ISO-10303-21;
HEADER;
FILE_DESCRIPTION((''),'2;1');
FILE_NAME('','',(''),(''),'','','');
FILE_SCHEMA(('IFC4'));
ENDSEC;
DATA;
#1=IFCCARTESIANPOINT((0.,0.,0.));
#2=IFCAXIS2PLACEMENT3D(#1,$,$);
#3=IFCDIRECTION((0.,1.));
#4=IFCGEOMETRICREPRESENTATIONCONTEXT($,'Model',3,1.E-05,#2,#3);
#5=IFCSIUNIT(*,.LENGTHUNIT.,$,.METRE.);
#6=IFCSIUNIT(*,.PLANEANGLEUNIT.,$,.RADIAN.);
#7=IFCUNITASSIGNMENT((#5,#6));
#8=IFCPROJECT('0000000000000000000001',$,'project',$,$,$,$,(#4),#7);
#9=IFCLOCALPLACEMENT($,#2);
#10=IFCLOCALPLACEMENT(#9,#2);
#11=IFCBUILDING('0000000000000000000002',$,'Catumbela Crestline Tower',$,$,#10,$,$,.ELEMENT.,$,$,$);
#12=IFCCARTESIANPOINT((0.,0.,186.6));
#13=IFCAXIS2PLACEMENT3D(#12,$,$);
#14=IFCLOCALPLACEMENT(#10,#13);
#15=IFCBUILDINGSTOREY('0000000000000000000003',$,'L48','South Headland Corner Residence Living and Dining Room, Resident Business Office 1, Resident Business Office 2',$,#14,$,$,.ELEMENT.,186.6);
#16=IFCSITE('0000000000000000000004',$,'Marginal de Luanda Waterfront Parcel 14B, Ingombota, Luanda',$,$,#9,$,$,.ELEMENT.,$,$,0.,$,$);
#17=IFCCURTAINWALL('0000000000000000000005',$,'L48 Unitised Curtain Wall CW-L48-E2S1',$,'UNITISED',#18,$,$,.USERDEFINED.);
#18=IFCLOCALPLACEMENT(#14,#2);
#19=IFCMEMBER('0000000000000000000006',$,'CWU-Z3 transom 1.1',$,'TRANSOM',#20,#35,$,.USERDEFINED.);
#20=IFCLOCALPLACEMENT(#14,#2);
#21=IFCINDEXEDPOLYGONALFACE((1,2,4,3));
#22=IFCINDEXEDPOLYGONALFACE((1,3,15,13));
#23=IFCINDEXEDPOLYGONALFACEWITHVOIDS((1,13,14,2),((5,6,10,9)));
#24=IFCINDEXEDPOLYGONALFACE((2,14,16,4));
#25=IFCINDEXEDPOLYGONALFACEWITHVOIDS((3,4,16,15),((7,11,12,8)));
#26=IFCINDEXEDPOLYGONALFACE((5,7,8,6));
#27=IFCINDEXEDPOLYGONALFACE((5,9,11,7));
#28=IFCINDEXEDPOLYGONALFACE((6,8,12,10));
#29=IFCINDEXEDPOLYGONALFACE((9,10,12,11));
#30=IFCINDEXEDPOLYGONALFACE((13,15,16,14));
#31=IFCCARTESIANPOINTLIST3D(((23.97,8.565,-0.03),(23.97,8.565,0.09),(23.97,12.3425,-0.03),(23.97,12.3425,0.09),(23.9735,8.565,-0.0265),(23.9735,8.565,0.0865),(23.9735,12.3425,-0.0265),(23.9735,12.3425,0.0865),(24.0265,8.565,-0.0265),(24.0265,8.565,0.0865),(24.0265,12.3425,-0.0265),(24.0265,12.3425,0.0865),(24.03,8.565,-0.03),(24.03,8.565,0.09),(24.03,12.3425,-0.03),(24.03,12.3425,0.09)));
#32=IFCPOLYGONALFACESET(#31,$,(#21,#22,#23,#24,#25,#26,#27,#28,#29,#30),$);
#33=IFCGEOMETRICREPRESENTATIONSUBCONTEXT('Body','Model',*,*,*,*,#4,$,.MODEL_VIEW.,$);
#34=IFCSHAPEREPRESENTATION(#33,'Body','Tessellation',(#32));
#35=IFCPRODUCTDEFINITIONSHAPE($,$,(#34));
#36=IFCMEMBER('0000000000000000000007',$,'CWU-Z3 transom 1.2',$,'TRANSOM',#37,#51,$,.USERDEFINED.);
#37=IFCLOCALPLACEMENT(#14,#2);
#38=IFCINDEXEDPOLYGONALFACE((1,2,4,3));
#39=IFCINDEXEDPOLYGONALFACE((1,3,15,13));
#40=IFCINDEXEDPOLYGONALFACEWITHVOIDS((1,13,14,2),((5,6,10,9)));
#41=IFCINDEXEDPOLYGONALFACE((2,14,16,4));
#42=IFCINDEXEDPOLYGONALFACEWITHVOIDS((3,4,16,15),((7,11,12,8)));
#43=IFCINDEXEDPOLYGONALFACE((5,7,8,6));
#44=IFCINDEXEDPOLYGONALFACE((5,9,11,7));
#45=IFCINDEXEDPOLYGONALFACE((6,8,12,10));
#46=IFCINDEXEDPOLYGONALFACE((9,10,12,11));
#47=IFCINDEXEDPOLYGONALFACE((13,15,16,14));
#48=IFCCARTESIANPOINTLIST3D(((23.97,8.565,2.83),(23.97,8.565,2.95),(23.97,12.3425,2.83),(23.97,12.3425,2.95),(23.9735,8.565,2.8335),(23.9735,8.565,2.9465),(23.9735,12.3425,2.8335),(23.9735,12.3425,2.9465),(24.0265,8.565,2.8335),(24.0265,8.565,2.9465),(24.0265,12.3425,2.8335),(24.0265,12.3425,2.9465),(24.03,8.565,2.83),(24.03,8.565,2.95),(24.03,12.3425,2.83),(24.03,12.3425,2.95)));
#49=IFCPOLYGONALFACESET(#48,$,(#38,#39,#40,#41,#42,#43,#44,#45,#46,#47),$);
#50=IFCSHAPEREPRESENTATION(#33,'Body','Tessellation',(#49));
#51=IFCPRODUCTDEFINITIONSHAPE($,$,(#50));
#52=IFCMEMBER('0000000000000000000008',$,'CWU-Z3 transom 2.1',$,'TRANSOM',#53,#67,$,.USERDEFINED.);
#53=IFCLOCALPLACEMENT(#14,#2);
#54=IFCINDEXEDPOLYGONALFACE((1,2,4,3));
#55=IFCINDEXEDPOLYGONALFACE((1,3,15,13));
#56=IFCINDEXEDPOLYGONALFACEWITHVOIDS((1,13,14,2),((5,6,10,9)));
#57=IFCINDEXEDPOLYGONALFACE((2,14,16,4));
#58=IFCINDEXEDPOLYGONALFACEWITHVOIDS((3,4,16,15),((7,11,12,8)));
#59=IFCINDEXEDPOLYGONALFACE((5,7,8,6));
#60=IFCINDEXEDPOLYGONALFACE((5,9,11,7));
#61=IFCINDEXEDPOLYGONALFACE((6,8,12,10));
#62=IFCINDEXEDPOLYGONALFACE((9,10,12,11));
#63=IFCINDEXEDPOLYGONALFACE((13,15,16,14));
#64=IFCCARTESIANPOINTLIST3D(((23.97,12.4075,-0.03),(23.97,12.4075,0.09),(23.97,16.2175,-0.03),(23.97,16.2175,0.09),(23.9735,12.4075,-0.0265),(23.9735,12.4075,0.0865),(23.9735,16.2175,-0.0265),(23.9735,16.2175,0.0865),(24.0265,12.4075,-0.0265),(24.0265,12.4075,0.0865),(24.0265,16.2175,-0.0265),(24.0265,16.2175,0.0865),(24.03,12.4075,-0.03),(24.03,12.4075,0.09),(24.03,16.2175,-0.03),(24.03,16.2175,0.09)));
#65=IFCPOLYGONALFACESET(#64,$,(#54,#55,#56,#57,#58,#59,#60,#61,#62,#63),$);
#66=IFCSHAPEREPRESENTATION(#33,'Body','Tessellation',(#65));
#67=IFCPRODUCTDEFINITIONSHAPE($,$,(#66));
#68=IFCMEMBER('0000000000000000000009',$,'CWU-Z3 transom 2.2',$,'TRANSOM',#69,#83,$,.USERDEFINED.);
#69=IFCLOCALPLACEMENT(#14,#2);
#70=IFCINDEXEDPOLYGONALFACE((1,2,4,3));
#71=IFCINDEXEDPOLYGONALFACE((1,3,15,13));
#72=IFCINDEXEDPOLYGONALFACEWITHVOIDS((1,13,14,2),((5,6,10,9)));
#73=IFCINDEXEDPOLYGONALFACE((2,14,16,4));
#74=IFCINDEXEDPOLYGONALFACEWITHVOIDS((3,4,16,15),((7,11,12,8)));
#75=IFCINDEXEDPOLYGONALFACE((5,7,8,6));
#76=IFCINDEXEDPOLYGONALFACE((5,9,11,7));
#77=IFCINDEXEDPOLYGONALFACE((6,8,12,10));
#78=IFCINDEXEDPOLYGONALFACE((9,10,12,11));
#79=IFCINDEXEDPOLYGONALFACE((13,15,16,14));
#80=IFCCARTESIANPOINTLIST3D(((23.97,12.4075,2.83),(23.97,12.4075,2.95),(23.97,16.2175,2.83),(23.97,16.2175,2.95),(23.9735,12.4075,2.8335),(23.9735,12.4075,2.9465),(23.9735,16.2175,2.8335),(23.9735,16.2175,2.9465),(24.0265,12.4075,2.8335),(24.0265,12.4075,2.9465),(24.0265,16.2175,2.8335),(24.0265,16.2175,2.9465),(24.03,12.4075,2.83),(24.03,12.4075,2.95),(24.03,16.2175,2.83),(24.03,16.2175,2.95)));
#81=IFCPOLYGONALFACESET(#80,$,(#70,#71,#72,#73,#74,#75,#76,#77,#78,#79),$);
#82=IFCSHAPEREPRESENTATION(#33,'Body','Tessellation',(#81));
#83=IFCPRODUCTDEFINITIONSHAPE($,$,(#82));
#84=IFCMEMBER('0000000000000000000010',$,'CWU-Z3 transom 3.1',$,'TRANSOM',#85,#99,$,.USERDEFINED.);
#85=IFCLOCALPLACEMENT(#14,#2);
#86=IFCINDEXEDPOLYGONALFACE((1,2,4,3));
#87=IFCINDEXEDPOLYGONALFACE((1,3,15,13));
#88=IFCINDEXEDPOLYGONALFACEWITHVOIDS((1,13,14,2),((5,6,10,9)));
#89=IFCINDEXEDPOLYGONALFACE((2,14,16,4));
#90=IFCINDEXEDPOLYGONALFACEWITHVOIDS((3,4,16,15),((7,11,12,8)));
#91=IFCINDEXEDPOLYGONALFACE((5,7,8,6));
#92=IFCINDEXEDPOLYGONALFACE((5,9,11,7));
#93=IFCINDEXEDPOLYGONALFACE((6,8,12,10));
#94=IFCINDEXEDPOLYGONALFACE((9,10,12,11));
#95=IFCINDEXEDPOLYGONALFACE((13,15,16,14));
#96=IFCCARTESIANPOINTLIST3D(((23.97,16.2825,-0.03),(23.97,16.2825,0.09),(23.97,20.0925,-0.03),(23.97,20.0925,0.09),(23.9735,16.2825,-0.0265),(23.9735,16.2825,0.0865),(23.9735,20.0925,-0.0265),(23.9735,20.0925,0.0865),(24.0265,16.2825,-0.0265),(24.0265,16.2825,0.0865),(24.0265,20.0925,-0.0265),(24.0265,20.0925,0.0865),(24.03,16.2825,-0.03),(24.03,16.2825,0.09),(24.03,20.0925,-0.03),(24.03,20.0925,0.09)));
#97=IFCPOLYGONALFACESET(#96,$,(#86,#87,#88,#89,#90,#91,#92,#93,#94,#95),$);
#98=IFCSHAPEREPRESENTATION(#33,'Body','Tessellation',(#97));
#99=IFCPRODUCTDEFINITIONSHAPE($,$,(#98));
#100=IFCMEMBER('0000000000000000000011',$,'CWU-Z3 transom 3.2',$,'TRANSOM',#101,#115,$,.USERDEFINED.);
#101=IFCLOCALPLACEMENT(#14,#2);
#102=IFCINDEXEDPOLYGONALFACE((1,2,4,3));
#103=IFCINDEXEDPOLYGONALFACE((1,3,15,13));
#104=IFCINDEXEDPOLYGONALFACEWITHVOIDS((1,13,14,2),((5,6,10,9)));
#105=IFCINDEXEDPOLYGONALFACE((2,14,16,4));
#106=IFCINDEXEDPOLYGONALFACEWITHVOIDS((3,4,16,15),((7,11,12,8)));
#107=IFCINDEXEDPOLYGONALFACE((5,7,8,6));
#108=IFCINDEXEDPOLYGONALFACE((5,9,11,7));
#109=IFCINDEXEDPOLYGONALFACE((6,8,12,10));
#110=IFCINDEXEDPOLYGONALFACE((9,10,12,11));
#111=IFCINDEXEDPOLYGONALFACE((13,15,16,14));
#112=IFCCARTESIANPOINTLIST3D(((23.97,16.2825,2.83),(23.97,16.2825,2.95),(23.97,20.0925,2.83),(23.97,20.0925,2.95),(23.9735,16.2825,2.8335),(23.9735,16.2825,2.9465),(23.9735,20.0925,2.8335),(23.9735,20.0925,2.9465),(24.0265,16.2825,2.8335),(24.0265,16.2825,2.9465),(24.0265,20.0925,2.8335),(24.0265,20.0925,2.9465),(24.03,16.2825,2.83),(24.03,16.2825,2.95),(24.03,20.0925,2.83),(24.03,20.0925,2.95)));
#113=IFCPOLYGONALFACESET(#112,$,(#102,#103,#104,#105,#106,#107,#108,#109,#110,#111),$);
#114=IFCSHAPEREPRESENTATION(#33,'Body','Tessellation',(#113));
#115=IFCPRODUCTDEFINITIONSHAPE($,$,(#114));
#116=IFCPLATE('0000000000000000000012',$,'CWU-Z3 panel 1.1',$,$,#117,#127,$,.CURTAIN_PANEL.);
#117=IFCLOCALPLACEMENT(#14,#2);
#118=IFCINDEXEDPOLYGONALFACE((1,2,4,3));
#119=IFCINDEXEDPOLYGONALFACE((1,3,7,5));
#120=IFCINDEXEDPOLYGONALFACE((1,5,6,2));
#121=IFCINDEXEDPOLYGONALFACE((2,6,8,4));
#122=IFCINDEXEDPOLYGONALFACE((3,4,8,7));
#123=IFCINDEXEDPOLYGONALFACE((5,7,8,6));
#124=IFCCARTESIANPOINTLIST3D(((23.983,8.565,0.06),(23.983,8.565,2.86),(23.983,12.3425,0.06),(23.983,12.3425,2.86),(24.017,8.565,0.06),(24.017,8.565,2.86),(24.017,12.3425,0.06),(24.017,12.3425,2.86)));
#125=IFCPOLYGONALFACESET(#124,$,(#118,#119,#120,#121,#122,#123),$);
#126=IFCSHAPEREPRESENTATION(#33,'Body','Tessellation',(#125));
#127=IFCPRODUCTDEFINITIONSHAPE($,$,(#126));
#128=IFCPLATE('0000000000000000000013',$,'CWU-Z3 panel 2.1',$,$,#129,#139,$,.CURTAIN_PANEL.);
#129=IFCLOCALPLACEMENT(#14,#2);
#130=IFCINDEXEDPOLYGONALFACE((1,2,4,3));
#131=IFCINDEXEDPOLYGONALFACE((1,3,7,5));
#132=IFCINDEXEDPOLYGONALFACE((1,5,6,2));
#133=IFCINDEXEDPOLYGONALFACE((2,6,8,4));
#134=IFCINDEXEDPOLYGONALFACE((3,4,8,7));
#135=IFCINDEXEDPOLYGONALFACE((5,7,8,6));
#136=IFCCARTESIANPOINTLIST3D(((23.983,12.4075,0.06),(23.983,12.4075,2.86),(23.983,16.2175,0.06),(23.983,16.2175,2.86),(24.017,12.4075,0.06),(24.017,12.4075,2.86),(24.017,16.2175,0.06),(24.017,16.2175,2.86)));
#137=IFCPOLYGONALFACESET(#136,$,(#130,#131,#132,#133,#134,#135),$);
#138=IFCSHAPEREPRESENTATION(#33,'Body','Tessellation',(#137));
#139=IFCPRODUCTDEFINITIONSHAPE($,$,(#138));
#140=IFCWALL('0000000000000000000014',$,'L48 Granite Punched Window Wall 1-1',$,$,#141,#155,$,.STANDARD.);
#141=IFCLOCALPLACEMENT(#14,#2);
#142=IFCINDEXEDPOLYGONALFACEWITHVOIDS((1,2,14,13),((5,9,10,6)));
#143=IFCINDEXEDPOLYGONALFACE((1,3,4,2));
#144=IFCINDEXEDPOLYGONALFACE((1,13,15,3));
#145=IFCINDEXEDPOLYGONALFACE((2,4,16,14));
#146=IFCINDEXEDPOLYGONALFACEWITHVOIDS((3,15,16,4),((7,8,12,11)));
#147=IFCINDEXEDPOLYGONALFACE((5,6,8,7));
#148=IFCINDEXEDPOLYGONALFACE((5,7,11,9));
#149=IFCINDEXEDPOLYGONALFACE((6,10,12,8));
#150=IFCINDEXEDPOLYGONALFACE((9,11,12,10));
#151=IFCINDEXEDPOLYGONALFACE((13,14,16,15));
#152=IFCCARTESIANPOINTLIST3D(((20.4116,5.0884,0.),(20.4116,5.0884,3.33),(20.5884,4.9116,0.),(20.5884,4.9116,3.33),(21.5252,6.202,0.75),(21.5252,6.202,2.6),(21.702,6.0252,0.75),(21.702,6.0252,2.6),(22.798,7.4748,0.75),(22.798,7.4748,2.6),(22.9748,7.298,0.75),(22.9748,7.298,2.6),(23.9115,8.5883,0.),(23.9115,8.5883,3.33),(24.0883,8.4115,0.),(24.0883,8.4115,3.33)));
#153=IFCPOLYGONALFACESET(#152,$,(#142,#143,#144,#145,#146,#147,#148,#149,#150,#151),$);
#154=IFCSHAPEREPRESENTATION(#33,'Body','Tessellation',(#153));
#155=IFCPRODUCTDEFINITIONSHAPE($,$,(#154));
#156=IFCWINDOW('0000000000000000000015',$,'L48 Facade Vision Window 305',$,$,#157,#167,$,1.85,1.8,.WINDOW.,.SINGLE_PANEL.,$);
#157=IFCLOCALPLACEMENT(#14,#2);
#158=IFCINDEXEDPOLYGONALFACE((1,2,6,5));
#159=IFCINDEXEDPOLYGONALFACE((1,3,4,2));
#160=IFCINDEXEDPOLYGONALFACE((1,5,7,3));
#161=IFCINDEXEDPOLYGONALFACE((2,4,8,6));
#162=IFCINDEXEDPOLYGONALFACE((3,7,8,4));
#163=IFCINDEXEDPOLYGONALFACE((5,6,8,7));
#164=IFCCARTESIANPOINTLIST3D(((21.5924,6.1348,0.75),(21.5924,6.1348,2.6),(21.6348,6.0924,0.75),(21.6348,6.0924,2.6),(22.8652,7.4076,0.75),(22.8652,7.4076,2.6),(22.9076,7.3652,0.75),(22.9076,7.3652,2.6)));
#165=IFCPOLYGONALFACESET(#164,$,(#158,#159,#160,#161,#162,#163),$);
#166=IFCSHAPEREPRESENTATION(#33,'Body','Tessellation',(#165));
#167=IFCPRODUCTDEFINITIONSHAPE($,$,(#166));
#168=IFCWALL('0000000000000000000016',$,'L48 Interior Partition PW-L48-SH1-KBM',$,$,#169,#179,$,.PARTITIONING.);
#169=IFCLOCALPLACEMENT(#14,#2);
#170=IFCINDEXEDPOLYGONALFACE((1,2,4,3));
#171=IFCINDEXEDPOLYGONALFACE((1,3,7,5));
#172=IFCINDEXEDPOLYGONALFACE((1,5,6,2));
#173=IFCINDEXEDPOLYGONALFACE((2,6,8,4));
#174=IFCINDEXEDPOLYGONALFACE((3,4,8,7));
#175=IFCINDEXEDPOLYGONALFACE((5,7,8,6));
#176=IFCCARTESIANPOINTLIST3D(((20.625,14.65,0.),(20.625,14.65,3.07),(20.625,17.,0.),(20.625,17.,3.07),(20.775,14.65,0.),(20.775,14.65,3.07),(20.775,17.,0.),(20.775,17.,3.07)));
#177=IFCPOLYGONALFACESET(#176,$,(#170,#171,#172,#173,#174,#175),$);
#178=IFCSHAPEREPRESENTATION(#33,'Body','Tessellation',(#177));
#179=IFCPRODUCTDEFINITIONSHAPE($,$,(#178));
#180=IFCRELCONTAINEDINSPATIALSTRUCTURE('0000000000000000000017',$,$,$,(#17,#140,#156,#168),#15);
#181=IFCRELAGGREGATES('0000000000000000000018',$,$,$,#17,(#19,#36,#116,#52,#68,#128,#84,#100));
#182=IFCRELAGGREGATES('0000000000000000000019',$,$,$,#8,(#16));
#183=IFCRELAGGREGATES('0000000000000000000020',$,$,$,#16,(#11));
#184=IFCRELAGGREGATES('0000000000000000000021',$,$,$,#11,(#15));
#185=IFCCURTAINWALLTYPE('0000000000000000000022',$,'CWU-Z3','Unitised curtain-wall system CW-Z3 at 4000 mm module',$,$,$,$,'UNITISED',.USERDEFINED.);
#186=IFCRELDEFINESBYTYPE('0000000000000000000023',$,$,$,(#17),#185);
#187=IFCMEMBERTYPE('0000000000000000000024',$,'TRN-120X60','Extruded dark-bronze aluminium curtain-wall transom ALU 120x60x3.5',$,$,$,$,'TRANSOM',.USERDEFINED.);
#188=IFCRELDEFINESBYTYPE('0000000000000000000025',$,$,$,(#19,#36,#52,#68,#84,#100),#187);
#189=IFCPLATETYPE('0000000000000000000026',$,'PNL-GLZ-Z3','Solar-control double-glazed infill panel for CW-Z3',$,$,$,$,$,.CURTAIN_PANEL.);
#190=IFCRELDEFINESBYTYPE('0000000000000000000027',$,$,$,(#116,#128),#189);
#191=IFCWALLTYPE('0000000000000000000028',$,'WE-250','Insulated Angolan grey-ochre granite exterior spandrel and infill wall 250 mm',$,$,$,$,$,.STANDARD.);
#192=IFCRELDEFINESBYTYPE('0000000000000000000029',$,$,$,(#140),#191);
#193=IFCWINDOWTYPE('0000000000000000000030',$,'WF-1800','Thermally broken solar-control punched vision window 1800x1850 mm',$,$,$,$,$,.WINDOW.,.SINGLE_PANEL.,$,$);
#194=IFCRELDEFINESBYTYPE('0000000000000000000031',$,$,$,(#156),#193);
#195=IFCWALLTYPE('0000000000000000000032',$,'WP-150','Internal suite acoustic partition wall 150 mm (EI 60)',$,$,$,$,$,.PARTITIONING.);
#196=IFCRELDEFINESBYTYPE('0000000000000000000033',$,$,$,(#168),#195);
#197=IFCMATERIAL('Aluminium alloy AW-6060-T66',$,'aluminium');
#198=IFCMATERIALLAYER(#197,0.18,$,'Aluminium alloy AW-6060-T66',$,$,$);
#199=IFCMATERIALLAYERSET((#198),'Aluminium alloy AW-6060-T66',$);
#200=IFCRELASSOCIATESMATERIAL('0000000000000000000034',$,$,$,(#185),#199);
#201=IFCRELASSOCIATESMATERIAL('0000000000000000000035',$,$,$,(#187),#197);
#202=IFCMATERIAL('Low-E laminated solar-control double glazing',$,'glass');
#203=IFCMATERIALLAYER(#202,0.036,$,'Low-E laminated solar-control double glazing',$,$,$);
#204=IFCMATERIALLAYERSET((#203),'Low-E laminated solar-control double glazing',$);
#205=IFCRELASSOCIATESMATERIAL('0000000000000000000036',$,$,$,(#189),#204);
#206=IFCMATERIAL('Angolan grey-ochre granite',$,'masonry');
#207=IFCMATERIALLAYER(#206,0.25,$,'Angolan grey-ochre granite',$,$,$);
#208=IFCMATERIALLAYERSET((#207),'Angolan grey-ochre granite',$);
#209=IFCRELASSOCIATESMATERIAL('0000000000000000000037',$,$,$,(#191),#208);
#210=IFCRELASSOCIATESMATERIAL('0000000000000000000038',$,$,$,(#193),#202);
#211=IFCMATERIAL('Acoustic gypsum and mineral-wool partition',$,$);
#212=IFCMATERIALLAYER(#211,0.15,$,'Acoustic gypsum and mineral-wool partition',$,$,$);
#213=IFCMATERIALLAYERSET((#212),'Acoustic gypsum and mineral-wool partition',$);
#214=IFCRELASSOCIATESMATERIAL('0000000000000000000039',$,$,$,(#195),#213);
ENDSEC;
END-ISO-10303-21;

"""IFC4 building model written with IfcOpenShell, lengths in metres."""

from ifc_helpers import new_model, si_unit, direction, frame, frame_2d, origin, origin_2d, place, context, subcontext, project, spatial, rectangle, hollow_rectangle, extrude, material, layer, layer_set, material_profile, profile_set, type_object, element, fill, aggregate, save


model = new_model("IFC4")

# Units and contexts
model_context = context("Model", 3, precision=1e-05, world=origin(), true_north=direction((0.0, 1.0)))
body_context = subcontext(model_context, "Body", "Model", "MODEL_VIEW")
ifc_project = project(units=[si_unit("LENGTHUNIT", "METRE"), si_unit("PLANEANGLEUNIT", "RADIAN")], contexts=[model_context])

# Site, building, storey
site_placement = place(None, origin())
site = spatial("IfcSite", under=ifc_project, at=site_placement, Name="Marginal de Luanda Waterfront Parcel 14B, Ingombota, Luanda", CompositionType="ELEMENT", RefElevation=0.0)
building_placement = place(site_placement, origin())
building = spatial("IfcBuilding", under=site, at=building_placement, Name="Catumbela Crestline Tower", CompositionType="ELEMENT")
storey_placement = place(building_placement, frame((0.0, 0.0, 186.6)))
storey = spatial("IfcBuildingStorey", under=building, at=storey_placement, Name="L48", Description="South Headland Corner Residence Living and Dining Room, Resident Business Office 1, Resident Business Office 2", CompositionType="ELEMENT", Elevation=186.6)

# Shared definitions
ifc_material_1 = material(Name="Aluminium alloy AW-6060-T66", Category="aluminium")
ifc_layer_1 = layer(ifc_material_1, 0.18, Name="Aluminium alloy AW-6060-T66")
ifc_layer_set_1 = layer_set([ifc_layer_1], Name="Aluminium alloy AW-6060-T66")
curtain_wall_type = type_object("IfcCurtainWallType", Name="CWU-Z3", Description="Unitised curtain-wall system CW-Z3 at 4000 mm module", ElementType="UNITISED", PredefinedType="USERDEFINED", material=ifc_layer_set_1)

# Curtain wall
curtain_wall_1_placement = place(storey_placement, origin())
curtain_wall_1 = element("IfcCurtainWall", 1, at=curtain_wall_1_placement, inside=storey, type_object=curtain_wall_type, Name="L48 Unitised Curtain Wall CW-L48-E2S1", ObjectType="UNITISED", PredefinedType="USERDEFINED")

# Members
ifc_material_profile_1 = material_profile(ifc_material_1, hollow_rectangle(XDim=0.06, YDim=0.12, WallThickness=0.0035, at=origin_2d()), Name="ALU 120x60x3.5")
ifc_profile_set_1 = profile_set([ifc_material_profile_1], Name="Aluminium alloy AW-6060-T66")
member_type_1 = type_object("IfcMemberType", Name="TRN-120X60", Description="Extruded dark-bronze aluminium curtain-wall transom ALU 120x60x3.5", ElementType="TRANSOM", PredefinedType="USERDEFINED", material=ifc_profile_set_1)
member_1_placement = place(storey_placement, frame((24.0, 8.565, 0.03), z_axis=(0.0, 1.0, 0.0), x_axis=(-1.0, 0.0, 0.0)))
member_1 = element("IfcMember", 2, at=member_1_placement, type_object=member_type_1, Name="CWU-Z3 transom 1.1", ObjectType="TRANSOM", PredefinedType="USERDEFINED", context=body_context, shape_type="SweptSolid", body=[
    extrude(hollow_rectangle(XDim=0.06, YDim=0.12, WallThickness=0.0035, at=origin_2d()), origin(), (0.0, 0.0, 1.0), 3.7775),
])
member_2_placement = place(storey_placement, frame((24.0, 8.565, 2.89), z_axis=(0.0, 1.0, 0.0), x_axis=(-1.0, 0.0, 0.0)))
member_2 = element("IfcMember", 3, at=member_2_placement, type_object=member_type_1, Name="CWU-Z3 transom 1.2", ObjectType="TRANSOM", PredefinedType="USERDEFINED", context=body_context, shape_type="SweptSolid", body=[
    extrude(hollow_rectangle(XDim=0.06, YDim=0.12, WallThickness=0.0035, at=origin_2d()), origin(), (0.0, 0.0, 1.0), 3.7775),
])
member_3_placement = place(storey_placement, frame((24.0, 12.4075, 0.03), z_axis=(0.0, 1.0, 0.0), x_axis=(-1.0, 0.0, 0.0)))
member_3 = element("IfcMember", 4, at=member_3_placement, type_object=member_type_1, Name="CWU-Z3 transom 2.1", ObjectType="TRANSOM", PredefinedType="USERDEFINED", context=body_context, shape_type="SweptSolid", body=[
    extrude(hollow_rectangle(XDim=0.06, YDim=0.12, WallThickness=0.0035, at=origin_2d()), origin(), (0.0, 0.0, 1.0), 3.81),
])
member_4_placement = place(storey_placement, frame((24.0, 12.4075, 2.89), z_axis=(0.0, 1.0, 0.0), x_axis=(-1.0, 0.0, 0.0)))
member_4 = element("IfcMember", 5, at=member_4_placement, type_object=member_type_1, Name="CWU-Z3 transom 2.2", ObjectType="TRANSOM", PredefinedType="USERDEFINED", context=body_context, shape_type="SweptSolid", body=[
    extrude(hollow_rectangle(XDim=0.06, YDim=0.12, WallThickness=0.0035, at=origin_2d()), origin(), (0.0, 0.0, 1.0), 3.81),
])
member_5_placement = place(storey_placement, frame((24.0, 16.2825, 0.03), z_axis=(0.0, 1.0, 0.0), x_axis=(-1.0, 0.0, 0.0)))
member_5 = element("IfcMember", 6, at=member_5_placement, type_object=member_type_1, Name="CWU-Z3 transom 3.1", ObjectType="TRANSOM", PredefinedType="USERDEFINED", context=body_context, shape_type="SweptSolid", body=[
    extrude(hollow_rectangle(XDim=0.06, YDim=0.12, WallThickness=0.0035, at=origin_2d()), origin(), (0.0, 0.0, 1.0), 3.81),
])
member_6_placement = place(storey_placement, frame((24.0, 16.2825, 2.89), z_axis=(0.0, 1.0, 0.0), x_axis=(-1.0, 0.0, 0.0)))
member_6 = element("IfcMember", 7, at=member_6_placement, type_object=member_type_1, Name="CWU-Z3 transom 3.2", ObjectType="TRANSOM", PredefinedType="USERDEFINED", context=body_context, shape_type="SweptSolid", body=[
    extrude(hollow_rectangle(XDim=0.06, YDim=0.12, WallThickness=0.0035, at=origin_2d()), origin(), (0.0, 0.0, 1.0), 3.81),
])

# Plates
ifc_material_2 = material(Name="Low-E laminated solar-control double glazing", Category="glass")
ifc_layer_2 = layer(ifc_material_2, 0.036, Name="Low-E laminated solar-control double glazing")
ifc_layer_set_2 = layer_set([ifc_layer_2], Name="Low-E laminated solar-control double glazing")
plate_type = type_object("IfcPlateType", Name="PNL-GLZ-Z3", Description="Solar-control double-glazed infill panel for CW-Z3", PredefinedType="CURTAIN_PANEL", material=ifc_layer_set_2)
plate_1_placement = place(storey_placement, frame((24.0, 10.4538, 0.06), z_axis=(0.0, 0.0, 1.0), x_axis=(0.0, 1.0, 0.0)))
plate_1 = element("IfcPlate", 8, at=plate_1_placement, type_object=plate_type, Name="CWU-Z3 panel 1.1", PredefinedType="CURTAIN_PANEL", context=body_context, shape_type="SweptSolid", body=[
    extrude(rectangle(XDim=3.7775, YDim=0.034, at=origin_2d()), origin(), (0.0, 0.0, 1.0), 2.8),
])
plate_2_placement = place(storey_placement, frame((24.0, 14.3125, 0.06), z_axis=(0.0, 0.0, 1.0), x_axis=(0.0, 1.0, 0.0)))
plate_2 = element("IfcPlate", 9, at=plate_2_placement, type_object=plate_type, Name="CWU-Z3 panel 2.1", PredefinedType="CURTAIN_PANEL", context=body_context, shape_type="SweptSolid", body=[
    extrude(rectangle(XDim=3.81, YDim=0.034, at=origin_2d()), origin(), (0.0, 0.0, 1.0), 2.8),
])
aggregate(curtain_wall_1, [member_1, member_2, plate_1, member_3, member_4, plate_2, member_5, member_6])

# Wall, opening, window
ifc_material_3 = material(Name="Angolan grey-ochre granite", Category="masonry")
ifc_layer_3 = layer(ifc_material_3, 0.25, Name="Angolan grey-ochre granite")
ifc_layer_set_3 = layer_set([ifc_layer_3], Name="Angolan grey-ochre granite")
wall_type_1 = type_object("IfcWallType", Name="WE-250", Description="Insulated Angolan grey-ochre granite exterior spandrel and infill wall 250 mm", PredefinedType="STANDARD", material=ifc_layer_set_3)
wall_1_placement = place(storey_placement, frame((20.5, 5.0, 0.0), z_axis=(0.0, 0.0, 1.0), x_axis=(0.707107, 0.707107, 0.0)))
wall_1 = element("IfcWall", 10, at=wall_1_placement, inside=storey, type_object=wall_type_1, Name="L48 Granite Punched Window Wall 1-1", PredefinedType="STANDARD", context=body_context, shape_type="SweptSolid", body=[
    extrude(rectangle(XDim=4.9497, YDim=0.25, at=frame_2d((2.4748, 0.0))), origin(), (0.0, 0.0, 1.0), 3.33),
])
opening_placement = place(wall_1_placement, frame((1.5749, 0.0, 0.75)))
opening = element("IfcOpeningElement", 11, at=opening_placement, cuts=wall_1, PredefinedType="OPENING", context=body_context, shape_type="SweptSolid", body=[
    extrude(rectangle(XDim=1.8, YDim=1.85, at=frame_2d((0.9, 0.925))), frame((0.0, 0.135, 0.0), z_axis=(0.0, -1.0, 0.0), x_axis=(1.0, 0.0, 0.0)), (0.0, 0.0, 1.0), 0.27),
])
window_type = type_object("IfcWindowType", Name="WF-1800", Description="Thermally broken solar-control punched vision window 1800x1850 mm", PartitioningType="SINGLE_PANEL", PredefinedType="WINDOW", material=ifc_material_2)
window_placement = place(opening_placement, origin())
window = element("IfcWindow", 12, at=window_placement, inside=storey, type_object=window_type, Name="L48 Facade Vision Window 305", OverallHeight=1.85, OverallWidth=1.8, PartitioningType="SINGLE_PANEL", PredefinedType="WINDOW", context=body_context, shape_type="SweptSolid", body=[
    extrude(rectangle(XDim=1.8, YDim=1.85, at=frame_2d((0.9, 0.925))), frame((0.0, 0.03, 0.0), z_axis=(0.0, -1.0, 0.0), x_axis=(1.0, 0.0, 0.0)), (0.0, 0.0, 1.0), 0.06),
])
fill(opening, window)

# Wall
ifc_material_4 = material(Name="Acoustic gypsum and mineral-wool partition")
ifc_layer_4 = layer(ifc_material_4, 0.15, Name="Acoustic gypsum and mineral-wool partition")
ifc_layer_set_4 = layer_set([ifc_layer_4], Name="Acoustic gypsum and mineral-wool partition")
wall_type_2 = type_object("IfcWallType", Name="WP-150", Description="Internal suite acoustic partition wall 150 mm (EI 60)", PredefinedType="PARTITIONING", material=ifc_layer_set_4)
wall_2_placement = place(storey_placement, frame((20.7, 14.65, 0.0), z_axis=(0.0, 0.0, 1.0), x_axis=(0.0, 1.0, 0.0)))
element("IfcWall", 13, at=wall_2_placement, inside=storey, type_object=wall_type_2, Name="L48 Interior Partition PW-L48-SH1-KBM", PredefinedType="PARTITIONING", context=body_context, shape_type="SweptSolid", body=[
    extrude(rectangle(XDim=2.35, YDim=0.15, at=frame_2d((1.175, 0.0))), origin(), (0.0, 0.0, 1.0), 3.07),
])

save(model, "model.ifc")
